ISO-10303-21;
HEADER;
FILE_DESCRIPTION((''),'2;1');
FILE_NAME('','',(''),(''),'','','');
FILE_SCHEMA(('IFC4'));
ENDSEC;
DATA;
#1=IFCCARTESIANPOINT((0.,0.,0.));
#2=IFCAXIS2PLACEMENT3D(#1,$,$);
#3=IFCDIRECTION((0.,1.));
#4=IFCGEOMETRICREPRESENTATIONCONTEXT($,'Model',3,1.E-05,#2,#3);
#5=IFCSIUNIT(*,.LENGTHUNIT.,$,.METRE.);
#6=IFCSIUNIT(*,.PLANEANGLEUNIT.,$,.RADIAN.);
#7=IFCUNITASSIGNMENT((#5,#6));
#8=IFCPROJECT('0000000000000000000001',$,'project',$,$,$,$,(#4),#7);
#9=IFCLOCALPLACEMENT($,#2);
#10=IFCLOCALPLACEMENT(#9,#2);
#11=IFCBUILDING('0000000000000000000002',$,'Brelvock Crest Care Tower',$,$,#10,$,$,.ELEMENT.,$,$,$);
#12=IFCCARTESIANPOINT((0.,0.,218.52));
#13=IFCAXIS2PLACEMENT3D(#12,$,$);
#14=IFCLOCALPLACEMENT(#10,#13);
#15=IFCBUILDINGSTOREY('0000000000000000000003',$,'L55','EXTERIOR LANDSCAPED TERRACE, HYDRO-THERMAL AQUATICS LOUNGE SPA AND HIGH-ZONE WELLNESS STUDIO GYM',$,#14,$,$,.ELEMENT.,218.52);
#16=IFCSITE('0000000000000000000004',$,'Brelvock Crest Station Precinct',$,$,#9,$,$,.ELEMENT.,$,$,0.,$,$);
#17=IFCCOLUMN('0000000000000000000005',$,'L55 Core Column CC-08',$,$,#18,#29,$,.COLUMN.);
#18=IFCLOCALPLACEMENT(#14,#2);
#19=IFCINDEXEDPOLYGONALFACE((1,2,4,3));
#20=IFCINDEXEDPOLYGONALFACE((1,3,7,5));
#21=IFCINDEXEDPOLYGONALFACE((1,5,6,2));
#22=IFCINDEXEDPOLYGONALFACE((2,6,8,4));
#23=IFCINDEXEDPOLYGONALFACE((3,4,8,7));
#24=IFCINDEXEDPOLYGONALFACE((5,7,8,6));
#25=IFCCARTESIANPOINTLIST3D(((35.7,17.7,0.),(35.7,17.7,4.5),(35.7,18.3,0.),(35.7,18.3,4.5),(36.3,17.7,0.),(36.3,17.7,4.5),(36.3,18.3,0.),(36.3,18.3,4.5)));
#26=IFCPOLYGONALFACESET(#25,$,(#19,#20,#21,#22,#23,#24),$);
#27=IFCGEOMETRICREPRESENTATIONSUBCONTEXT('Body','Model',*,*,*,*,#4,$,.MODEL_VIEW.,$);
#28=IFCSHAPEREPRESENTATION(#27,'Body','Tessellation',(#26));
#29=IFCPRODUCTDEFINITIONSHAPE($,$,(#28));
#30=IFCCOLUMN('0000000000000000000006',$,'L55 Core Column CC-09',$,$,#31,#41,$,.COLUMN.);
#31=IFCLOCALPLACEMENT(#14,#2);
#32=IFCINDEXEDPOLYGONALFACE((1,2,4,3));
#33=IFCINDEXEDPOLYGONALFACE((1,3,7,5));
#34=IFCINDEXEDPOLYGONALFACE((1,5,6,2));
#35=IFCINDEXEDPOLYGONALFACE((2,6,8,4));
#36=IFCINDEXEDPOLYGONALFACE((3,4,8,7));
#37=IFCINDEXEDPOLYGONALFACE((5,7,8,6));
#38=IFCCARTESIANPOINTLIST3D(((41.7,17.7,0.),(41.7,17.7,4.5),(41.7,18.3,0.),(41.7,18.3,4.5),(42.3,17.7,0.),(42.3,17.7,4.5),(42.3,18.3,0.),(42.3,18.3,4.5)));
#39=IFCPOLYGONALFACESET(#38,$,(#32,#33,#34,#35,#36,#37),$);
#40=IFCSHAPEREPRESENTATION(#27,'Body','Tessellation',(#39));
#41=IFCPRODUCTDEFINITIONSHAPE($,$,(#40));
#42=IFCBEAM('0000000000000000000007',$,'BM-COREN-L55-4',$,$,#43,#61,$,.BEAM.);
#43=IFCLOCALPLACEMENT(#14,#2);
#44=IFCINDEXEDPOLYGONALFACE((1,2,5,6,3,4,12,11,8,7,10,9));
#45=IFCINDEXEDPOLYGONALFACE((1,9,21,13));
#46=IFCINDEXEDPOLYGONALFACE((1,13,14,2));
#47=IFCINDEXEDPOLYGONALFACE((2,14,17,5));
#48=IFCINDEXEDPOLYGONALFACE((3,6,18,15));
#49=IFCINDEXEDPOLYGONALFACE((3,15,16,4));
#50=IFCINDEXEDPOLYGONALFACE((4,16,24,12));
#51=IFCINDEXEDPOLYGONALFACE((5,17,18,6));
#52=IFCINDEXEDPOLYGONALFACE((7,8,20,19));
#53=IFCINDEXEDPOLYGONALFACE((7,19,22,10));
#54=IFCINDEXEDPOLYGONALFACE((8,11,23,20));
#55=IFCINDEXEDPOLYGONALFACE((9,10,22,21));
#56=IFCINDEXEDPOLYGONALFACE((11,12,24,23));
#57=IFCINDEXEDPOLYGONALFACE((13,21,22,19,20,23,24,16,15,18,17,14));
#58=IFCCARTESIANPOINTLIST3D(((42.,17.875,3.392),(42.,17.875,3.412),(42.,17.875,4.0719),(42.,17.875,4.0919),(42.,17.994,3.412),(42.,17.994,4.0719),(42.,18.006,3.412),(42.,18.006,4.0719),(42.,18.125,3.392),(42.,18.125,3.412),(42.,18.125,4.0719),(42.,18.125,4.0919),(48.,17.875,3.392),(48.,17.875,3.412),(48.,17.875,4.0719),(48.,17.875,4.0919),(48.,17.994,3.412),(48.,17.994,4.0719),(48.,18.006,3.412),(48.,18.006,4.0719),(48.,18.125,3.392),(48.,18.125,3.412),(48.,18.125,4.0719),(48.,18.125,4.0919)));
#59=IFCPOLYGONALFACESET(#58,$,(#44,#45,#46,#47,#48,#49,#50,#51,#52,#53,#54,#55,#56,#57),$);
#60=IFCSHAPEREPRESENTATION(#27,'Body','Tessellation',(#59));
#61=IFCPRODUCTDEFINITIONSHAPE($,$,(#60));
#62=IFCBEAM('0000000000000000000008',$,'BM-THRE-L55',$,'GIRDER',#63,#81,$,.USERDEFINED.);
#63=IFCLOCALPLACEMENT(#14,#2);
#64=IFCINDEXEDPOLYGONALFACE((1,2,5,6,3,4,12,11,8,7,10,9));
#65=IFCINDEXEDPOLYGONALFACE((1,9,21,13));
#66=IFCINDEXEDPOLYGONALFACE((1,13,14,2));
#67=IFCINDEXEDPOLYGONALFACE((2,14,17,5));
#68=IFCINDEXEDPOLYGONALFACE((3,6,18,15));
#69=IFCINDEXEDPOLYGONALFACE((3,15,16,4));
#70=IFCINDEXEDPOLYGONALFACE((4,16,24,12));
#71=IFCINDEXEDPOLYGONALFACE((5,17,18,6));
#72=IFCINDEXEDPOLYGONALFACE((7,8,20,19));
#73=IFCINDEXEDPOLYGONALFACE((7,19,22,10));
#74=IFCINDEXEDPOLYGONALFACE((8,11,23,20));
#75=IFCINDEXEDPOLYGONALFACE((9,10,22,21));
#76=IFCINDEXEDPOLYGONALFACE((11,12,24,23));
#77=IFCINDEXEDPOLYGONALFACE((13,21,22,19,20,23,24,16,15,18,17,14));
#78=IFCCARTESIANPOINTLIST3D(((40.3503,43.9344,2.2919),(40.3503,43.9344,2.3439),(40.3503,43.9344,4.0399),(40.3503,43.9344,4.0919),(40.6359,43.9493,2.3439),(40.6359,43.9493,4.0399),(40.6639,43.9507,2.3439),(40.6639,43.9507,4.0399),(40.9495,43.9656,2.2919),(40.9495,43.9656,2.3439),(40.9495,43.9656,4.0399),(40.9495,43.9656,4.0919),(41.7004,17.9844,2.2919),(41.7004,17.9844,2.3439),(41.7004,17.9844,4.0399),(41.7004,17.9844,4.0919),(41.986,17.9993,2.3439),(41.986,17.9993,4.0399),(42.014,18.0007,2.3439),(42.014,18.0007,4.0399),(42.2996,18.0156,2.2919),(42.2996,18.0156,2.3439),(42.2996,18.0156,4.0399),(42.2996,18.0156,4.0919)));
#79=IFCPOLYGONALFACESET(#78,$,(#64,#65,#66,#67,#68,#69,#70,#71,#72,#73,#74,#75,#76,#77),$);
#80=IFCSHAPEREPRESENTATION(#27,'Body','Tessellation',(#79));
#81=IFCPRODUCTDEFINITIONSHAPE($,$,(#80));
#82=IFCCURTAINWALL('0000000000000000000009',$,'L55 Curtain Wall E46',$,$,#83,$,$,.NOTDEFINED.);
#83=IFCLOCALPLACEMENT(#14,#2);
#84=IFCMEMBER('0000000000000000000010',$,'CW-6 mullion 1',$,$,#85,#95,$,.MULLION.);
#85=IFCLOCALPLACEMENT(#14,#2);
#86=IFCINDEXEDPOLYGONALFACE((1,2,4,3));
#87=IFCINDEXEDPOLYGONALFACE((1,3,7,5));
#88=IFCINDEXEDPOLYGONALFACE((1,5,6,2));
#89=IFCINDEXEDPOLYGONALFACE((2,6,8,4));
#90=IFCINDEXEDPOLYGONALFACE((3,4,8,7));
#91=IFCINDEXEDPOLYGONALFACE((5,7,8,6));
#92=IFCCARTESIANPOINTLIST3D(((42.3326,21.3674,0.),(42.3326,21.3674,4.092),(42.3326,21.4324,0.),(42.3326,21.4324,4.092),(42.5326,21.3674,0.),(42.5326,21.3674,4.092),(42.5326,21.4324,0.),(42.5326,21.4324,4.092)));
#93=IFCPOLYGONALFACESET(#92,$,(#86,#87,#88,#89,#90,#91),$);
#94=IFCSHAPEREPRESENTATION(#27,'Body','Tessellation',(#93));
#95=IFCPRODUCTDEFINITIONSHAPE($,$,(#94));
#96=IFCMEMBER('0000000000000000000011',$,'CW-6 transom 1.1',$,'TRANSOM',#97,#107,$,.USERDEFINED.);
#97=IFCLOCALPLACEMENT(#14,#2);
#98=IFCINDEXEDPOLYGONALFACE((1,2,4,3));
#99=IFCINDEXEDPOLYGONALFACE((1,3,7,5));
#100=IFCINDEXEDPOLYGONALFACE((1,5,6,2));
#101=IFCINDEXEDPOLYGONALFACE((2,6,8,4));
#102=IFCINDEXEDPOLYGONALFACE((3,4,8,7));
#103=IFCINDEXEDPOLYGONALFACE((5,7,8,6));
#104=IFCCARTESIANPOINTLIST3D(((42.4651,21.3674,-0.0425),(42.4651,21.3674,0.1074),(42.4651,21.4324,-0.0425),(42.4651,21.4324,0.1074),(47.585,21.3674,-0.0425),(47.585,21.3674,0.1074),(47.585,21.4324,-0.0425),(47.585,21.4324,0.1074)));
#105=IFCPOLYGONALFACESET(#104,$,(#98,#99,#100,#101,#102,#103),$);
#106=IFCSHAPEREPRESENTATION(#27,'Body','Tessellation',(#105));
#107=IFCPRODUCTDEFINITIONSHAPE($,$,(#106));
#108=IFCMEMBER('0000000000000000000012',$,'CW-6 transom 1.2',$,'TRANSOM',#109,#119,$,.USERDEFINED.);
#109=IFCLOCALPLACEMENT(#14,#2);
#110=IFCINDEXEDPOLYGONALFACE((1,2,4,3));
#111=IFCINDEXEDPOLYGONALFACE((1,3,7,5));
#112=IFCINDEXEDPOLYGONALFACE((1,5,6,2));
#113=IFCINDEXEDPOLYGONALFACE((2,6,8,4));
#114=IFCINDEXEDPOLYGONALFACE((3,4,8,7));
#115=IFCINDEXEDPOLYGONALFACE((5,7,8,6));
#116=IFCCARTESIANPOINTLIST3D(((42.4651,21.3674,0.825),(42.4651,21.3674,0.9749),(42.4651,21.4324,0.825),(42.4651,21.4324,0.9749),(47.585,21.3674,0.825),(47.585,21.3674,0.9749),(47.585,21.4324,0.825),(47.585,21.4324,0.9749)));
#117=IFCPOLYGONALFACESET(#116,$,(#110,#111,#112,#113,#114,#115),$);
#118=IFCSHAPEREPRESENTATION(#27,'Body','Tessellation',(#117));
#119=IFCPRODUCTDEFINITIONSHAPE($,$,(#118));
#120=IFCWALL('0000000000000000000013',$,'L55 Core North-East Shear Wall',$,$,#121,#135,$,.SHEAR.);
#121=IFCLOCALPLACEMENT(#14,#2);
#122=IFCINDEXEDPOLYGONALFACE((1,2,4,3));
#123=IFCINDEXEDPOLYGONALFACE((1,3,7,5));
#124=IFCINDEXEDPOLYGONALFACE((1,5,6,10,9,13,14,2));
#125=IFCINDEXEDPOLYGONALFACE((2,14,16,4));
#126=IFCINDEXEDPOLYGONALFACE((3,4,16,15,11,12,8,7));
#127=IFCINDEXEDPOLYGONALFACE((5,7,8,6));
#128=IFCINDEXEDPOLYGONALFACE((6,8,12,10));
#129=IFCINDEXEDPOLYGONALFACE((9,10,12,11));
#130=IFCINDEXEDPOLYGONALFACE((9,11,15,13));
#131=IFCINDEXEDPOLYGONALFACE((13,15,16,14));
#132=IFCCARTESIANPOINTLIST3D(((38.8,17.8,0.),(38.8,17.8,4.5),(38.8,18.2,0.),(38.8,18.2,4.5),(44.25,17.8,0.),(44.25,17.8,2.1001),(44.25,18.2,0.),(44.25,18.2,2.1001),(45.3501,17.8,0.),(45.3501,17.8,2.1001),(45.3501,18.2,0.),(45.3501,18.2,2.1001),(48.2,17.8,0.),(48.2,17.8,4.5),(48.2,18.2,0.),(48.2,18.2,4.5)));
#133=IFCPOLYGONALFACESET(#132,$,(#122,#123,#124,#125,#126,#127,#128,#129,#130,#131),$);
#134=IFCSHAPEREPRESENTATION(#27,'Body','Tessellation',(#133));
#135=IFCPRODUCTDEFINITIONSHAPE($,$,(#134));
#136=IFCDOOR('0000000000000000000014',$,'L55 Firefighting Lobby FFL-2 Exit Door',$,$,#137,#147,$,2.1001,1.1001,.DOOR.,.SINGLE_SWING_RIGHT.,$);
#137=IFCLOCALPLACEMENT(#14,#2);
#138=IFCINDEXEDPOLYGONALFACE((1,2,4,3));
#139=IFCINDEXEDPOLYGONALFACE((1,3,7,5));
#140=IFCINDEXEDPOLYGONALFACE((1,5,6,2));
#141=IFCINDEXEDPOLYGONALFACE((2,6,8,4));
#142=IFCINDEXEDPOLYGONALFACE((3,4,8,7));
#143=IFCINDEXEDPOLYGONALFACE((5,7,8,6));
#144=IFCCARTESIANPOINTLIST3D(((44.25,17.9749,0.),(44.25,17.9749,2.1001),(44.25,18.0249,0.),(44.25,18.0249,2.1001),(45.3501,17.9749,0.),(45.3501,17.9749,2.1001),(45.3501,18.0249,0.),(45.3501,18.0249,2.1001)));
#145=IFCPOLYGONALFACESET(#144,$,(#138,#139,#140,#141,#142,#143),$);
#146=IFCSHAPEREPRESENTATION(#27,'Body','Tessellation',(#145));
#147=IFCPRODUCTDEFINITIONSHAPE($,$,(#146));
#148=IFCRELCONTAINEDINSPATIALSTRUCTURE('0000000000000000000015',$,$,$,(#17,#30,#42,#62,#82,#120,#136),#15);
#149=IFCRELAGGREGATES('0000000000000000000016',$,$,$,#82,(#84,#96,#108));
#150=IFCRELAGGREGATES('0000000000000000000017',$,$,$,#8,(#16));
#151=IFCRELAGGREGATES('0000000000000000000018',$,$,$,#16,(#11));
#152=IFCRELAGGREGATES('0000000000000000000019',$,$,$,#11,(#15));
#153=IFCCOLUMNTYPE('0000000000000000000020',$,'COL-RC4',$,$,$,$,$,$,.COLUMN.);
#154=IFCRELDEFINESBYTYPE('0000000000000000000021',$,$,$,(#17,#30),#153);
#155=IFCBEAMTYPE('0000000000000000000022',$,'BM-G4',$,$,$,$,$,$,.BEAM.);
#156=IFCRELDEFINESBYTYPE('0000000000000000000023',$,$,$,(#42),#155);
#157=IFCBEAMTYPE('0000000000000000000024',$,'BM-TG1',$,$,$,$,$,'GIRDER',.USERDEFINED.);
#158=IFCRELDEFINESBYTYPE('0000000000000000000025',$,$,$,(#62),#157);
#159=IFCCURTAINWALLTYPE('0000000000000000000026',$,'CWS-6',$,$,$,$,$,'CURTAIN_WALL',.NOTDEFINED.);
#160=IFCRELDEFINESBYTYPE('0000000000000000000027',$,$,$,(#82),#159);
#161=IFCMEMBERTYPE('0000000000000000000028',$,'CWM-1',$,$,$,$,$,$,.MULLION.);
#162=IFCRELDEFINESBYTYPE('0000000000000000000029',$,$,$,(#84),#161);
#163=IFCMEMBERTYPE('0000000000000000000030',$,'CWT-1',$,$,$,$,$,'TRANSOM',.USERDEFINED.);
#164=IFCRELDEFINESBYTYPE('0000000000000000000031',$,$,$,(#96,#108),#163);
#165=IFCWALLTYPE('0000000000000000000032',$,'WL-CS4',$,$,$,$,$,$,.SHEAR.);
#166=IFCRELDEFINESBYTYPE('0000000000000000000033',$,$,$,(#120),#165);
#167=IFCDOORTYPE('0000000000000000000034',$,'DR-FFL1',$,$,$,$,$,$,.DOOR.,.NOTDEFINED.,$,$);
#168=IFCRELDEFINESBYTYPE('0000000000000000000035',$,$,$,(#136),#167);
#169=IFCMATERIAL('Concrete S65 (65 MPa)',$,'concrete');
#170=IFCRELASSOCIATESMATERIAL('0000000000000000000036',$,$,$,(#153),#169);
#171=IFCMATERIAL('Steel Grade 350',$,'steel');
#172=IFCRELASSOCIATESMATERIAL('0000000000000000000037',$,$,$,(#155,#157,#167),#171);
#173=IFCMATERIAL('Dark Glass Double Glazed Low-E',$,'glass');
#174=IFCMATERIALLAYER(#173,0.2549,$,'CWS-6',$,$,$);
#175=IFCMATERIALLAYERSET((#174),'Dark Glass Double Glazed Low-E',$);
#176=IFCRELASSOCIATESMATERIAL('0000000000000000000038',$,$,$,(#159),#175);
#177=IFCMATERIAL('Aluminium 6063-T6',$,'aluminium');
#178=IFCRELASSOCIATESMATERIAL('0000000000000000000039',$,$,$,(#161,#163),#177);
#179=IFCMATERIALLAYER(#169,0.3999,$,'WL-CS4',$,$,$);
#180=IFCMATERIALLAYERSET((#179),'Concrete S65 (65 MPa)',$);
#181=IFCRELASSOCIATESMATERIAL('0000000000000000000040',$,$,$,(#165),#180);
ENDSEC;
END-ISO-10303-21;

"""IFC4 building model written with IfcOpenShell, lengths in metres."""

from ifc_helpers import new_model, si_unit, direction, frame, frame_2d, origin, origin_2d, place, context, subcontext, project, spatial, rectangle, i_section, extrude, source, transform, mapped, material, layer, layer_set, material_profile, profile_set, type_object, element, fill, aggregate, save


model = new_model("IFC4")

# Units and contexts
model_context = context("Model", 3, precision=1e-05, world=origin(), true_north=direction((0.0, 1.0)))
body_context = subcontext(model_context, "Body", "Model", "MODEL_VIEW")
ifc_project = project(units=[si_unit("LENGTHUNIT", "METRE"), si_unit("PLANEANGLEUNIT", "RADIAN")], contexts=[model_context])

# Site, building, storey
site_placement = place(None, origin())
site = spatial("IfcSite", under=ifc_project, at=site_placement, Name="Brelvock Crest Station Precinct", CompositionType="ELEMENT", RefElevation=0.0)
building_placement = place(site_placement, origin())
building = spatial("IfcBuilding", under=site, at=building_placement, Name="Brelvock Crest Care Tower", CompositionType="ELEMENT")
storey_placement = place(building_placement, frame((0.0, 0.0, 218.52)))
storey = spatial("IfcBuildingStorey", under=building, at=storey_placement, Name="L55", Description="EXTERIOR LANDSCAPED TERRACE, HYDRO-THERMAL AQUATICS LOUNGE SPA AND HIGH-ZONE WELLNESS STUDIO GYM", CompositionType="ELEMENT", Elevation=218.52)

# Columns
ifc_material_1 = material(Name="Concrete S65 (65 MPa)", Category="concrete")
ifc_material_profile_1 = material_profile(ifc_material_1, rectangle(XDim=0.6001, YDim=0.6001, at=origin_2d()), Name="RC600x600")
ifc_profile_set_1 = profile_set([ifc_material_profile_1], Name="Concrete S65 (65 MPa)")
column_type = type_object("IfcColumnType", Name="COL-RC4", PredefinedType="COLUMN", material=ifc_profile_set_1)
shared_shape_1 = source(origin(), body_context, "Body", "SweptSolid", [
    extrude(rectangle(XDim=0.6001, YDim=0.6001, at=origin_2d()), origin(), (0.0, 0.0, 1.0), 4.5),
])
for number, where, z_axis, x_axis, name in (
    (1, (36.0, 18.0, 0.0), (0.0, 0.0, 1.0), (1.0, 0.0, 0.0), "L55 Core Column CC-08"),
    (2, (42.0, 18.0, 0.0), (0.0, 0.0, 1.0), (1.0, 0.0, 0.0), "L55 Core Column CC-09"),
):
    element("IfcColumn", number, at=place(storey_placement, frame(where, z_axis=z_axis, x_axis=x_axis)), inside=storey, type_object=column_type, Name=name, PredefinedType="COLUMN", context=body_context, shape_type="MappedRepresentation", body=[
        mapped(shared_shape_1, transform((0.0, 0.0, 0.0), x_axis=(1.0, 0.0, 0.0), y_axis=(0.0, 1.0, 0.0), z_axis=(0.0, 0.0, 1.0), scale=1.0)),
    ])

# Beams
ifc_material_2 = material(Name="Steel Grade 350", Category="steel")
ifc_material_profile_2 = material_profile(ifc_material_2, i_section(OverallWidth=0.25, OverallDepth=0.7, WebThickness=0.012, FlangeThickness=0.02, at=origin_2d()), Name="700WB150")
ifc_profile_set_2 = profile_set([ifc_material_profile_2], Name="Steel Grade 350")
beam_type_1 = type_object("IfcBeamType", Name="BM-G4", PredefinedType="BEAM", material=ifc_profile_set_2)
shared_shape_2 = source(origin(), body_context, "Body", "SweptSolid", [
    extrude(i_section(OverallWidth=0.25, OverallDepth=0.7, WebThickness=0.012, FlangeThickness=0.02, at=origin_2d()), origin(), (0.0, 0.0, 1.0), 6.0),
])
beam_1_placement = place(storey_placement, frame((42.0, 18.0, 3.7419), z_axis=(1.0, 0.0, 0.0), x_axis=(0.0, 1.0, 0.0)))
element("IfcBeam", 3, at=beam_1_placement, inside=storey, type_object=beam_type_1, Name="BM-COREN-L55-4", PredefinedType="BEAM", context=body_context, shape_type="MappedRepresentation", body=[
    mapped(shared_shape_2, transform((0.0, 0.0, 0.0), x_axis=(1.0, 0.0, 0.0), y_axis=(0.0, 1.0, 0.0), z_axis=(0.0, 0.0, 1.0), scale=1.0)),
])
ifc_material_profile_3 = material_profile(ifc_material_2, i_section(OverallWidth=0.6001, OverallDepth=1.8, WebThickness=0.0281, FlangeThickness=0.052, at=origin_2d()), Name="1800TG740")
ifc_profile_set_3 = profile_set([ifc_material_profile_3], Name="Steel Grade 350")
beam_type_2 = type_object("IfcBeamType", Name="BM-TG1", ElementType="GIRDER", PredefinedType="USERDEFINED", material=ifc_profile_set_3)
shared_shape_3 = source(origin(), body_context, "Body", "SweptSolid", [
    extrude(i_section(OverallWidth=0.6001, OverallDepth=1.8, WebThickness=0.0281, FlangeThickness=0.052, at=origin_2d()), origin(), (0.0, 0.0, 1.0), 25.9851),
])
beam_2_placement = place(storey_placement, frame((42.0, 18.0, 3.1919), z_axis=(-0.051957, 0.998649, 0.0), x_axis=(-0.998649, -0.051957, 0.0)))
element("IfcBeam", 4, at=beam_2_placement, inside=storey, type_object=beam_type_2, Name="BM-THRE-L55", ObjectType="GIRDER", PredefinedType="USERDEFINED", context=body_context, shape_type="MappedRepresentation", body=[
    mapped(shared_shape_3, transform((0.0, 0.0, 0.0), x_axis=(1.0, 0.0, 0.0), y_axis=(0.0, 1.0, 0.0), z_axis=(0.0, 0.0, 1.0), scale=1.0)),
])

# Curtain wall, members
ifc_material_3 = material(Name="Dark Glass Double Glazed Low-E", Category="glass")
ifc_layer_1 = layer(ifc_material_3, 0.2549, Name="CWS-6")
ifc_layer_set_1 = layer_set([ifc_layer_1], Name="Dark Glass Double Glazed Low-E")
curtain_wall_type = type_object("IfcCurtainWallType", Name="CWS-6", ElementType="CURTAIN_WALL", PredefinedType="NOTDEFINED", material=ifc_layer_set_1)
curtain_wall_placement = place(storey_placement, origin())
curtain_wall = element("IfcCurtainWall", 5, at=curtain_wall_placement, inside=storey, type_object=curtain_wall_type, Name="L55 Curtain Wall E46", PredefinedType="NOTDEFINED")
ifc_material_4 = material(Name="Aluminium 6063-T6", Category="aluminium")
ifc_material_profile_4 = material_profile(ifc_material_4, rectangle(XDim=0.0649, YDim=0.2, at=origin_2d()), Name="ALU65x200")
ifc_profile_set_4 = profile_set([ifc_material_profile_4], Name="Aluminium 6063-T6")
member_type_1 = type_object("IfcMemberType", Name="CWM-1", PredefinedType="MULLION", material=ifc_profile_set_4)
shared_shape_4 = source(origin(), body_context, "Body", "SweptSolid", [
    extrude(rectangle(XDim=0.0649, YDim=0.2, at=origin_2d()), origin(), (0.0, 0.0, 1.0), 4.092),
])
member_1_placement = place(storey_placement, frame((42.4326, 21.3999, 0.0), z_axis=(0.0, 0.0, 1.0), x_axis=(0.0, 1.0, 0.0)))
member_1 = element("IfcMember", 6, at=member_1_placement, type_object=member_type_1, Name="CW-6 mullion 1", PredefinedType="MULLION", context=body_context, shape_type="MappedRepresentation", body=[
    mapped(shared_shape_4, transform((0.0, 0.0, 0.0), x_axis=(1.0, 0.0, 0.0), y_axis=(0.0, 1.0, 0.0), z_axis=(0.0, 0.0, 1.0), scale=1.0)),
])
ifc_material_profile_5 = material_profile(ifc_material_4, rectangle(XDim=0.0649, YDim=0.1499, at=origin_2d()), Name="ALU65x150")
ifc_profile_set_5 = profile_set([ifc_material_profile_5], Name="Aluminium 6063-T6")
member_type_2 = type_object("IfcMemberType", Name="CWT-1", ElementType="TRANSOM", PredefinedType="USERDEFINED", material=ifc_profile_set_5)
shared_shape_5 = source(origin(), body_context, "Body", "SweptSolid", [
    extrude(rectangle(XDim=0.0649, YDim=0.1499, at=origin_2d()), origin(), (0.0, 0.0, 1.0), 5.1199),
])
member_2_placement = place(storey_placement, frame((42.4651, 21.3999, 0.0325), z_axis=(1.0, 0.0, 0.0), x_axis=(0.0, 1.0, 0.0)))
member_2 = element("IfcMember", 7, at=member_2_placement, type_object=member_type_2, Name="CW-6 transom 1.1", ObjectType="TRANSOM", PredefinedType="USERDEFINED", context=body_context, shape_type="MappedRepresentation", body=[
    mapped(shared_shape_5, transform((0.0, 0.0, 0.0), x_axis=(1.0, 0.0, 0.0), y_axis=(0.0, 1.0, 0.0), z_axis=(0.0, 0.0, 1.0), scale=1.0)),
])
member_3_placement = place(storey_placement, frame((42.4651, 21.3999, 0.8999), z_axis=(1.0, 0.0, 0.0), x_axis=(0.0, 1.0, 0.0)))
member_3 = element("IfcMember", 8, at=member_3_placement, type_object=member_type_2, Name="CW-6 transom 1.2", ObjectType="TRANSOM", PredefinedType="USERDEFINED", context=body_context, shape_type="MappedRepresentation", body=[
    mapped(shared_shape_5, transform((0.0, 0.0, 0.0), x_axis=(1.0, 0.0, 0.0), y_axis=(0.0, 1.0, 0.0), z_axis=(0.0, 0.0, 1.0), scale=1.0)),
])
aggregate(curtain_wall, [member_1, member_2, member_3])

# Wall, opening, door
ifc_layer_2 = layer(ifc_material_1, 0.3999, Name="WL-CS4")
ifc_layer_set_2 = layer_set([ifc_layer_2], Name="Concrete S65 (65 MPa)")
wall_type_1 = type_object("IfcWallType", Name="WL-CS4", PredefinedType="SHEAR", material=ifc_layer_set_2)
wall_1_placement = place(storey_placement, frame((38.8, 18.0, 0.0), z_axis=(0.0, 0.0, 1.0), x_axis=(1.0, 0.0, 0.0)))
wall_1 = element("IfcWall", 9, at=wall_1_placement, inside=storey, type_object=wall_type_1, Name="L55 Core North-East Shear Wall", PredefinedType="SHEAR", context=body_context, shape_type="SweptSolid", body=[
    extrude(rectangle(XDim=9.3999, YDim=0.3999, at=frame_2d((4.7, 0.0))), origin(), (0.0, 0.0, 1.0), 4.5),
])
opening_1_placement = place(wall_1_placement, frame((5.45, 0.0, 0.0)))
opening_1 = element("IfcOpeningElement", 10, at=opening_1_placement, cuts=wall_1, PredefinedType="OPENING", context=body_context, shape_type="SweptSolid", body=[
    extrude(rectangle(XDim=1.1001, YDim=2.1001, at=origin_2d()), frame((0.55, 0.21, 1.05), z_axis=(0.0, -1.0, 0.0), x_axis=(1.0, 0.0, 0.0)), (0.0, 0.0, 1.0), 0.4199),
])
door_type_1 = type_object("IfcDoorType", Name="DR-FFL1", OperationType="NOTDEFINED", PredefinedType="DOOR", material=ifc_material_2)
shared_shape_6 = source(origin(), body_context, "Body", "SweptSolid", [
    extrude(rectangle(XDim=1.1001, YDim=2.1001, at=origin_2d()), frame((0.55, 0.0249, 1.05), z_axis=(0.0, -1.0, 0.0), x_axis=(1.0, 0.0, 0.0)), (0.0, 0.0, 1.0), 0.05),
])
door_1_placement = place(opening_1_placement, origin())
door_1 = element("IfcDoor", 11, at=door_1_placement, inside=storey, type_object=door_type_1, Name="L55 Firefighting Lobby FFL-2 Exit Door", OperationType="SINGLE_SWING_RIGHT", OverallHeight=2.1001, OverallWidth=1.1001, PredefinedType="DOOR", context=body_context, shape_type="MappedRepresentation", body=[
    mapped(shared_shape_6, transform((0.0, 0.0, 0.0), x_axis=(1.0, 0.0, 0.0), y_axis=(0.0, 1.0, 0.0), z_axis=(0.0, 0.0, 1.0), scale=1.0)),
])
fill(opening_1, door_1)

save(model, "model.ifc")
